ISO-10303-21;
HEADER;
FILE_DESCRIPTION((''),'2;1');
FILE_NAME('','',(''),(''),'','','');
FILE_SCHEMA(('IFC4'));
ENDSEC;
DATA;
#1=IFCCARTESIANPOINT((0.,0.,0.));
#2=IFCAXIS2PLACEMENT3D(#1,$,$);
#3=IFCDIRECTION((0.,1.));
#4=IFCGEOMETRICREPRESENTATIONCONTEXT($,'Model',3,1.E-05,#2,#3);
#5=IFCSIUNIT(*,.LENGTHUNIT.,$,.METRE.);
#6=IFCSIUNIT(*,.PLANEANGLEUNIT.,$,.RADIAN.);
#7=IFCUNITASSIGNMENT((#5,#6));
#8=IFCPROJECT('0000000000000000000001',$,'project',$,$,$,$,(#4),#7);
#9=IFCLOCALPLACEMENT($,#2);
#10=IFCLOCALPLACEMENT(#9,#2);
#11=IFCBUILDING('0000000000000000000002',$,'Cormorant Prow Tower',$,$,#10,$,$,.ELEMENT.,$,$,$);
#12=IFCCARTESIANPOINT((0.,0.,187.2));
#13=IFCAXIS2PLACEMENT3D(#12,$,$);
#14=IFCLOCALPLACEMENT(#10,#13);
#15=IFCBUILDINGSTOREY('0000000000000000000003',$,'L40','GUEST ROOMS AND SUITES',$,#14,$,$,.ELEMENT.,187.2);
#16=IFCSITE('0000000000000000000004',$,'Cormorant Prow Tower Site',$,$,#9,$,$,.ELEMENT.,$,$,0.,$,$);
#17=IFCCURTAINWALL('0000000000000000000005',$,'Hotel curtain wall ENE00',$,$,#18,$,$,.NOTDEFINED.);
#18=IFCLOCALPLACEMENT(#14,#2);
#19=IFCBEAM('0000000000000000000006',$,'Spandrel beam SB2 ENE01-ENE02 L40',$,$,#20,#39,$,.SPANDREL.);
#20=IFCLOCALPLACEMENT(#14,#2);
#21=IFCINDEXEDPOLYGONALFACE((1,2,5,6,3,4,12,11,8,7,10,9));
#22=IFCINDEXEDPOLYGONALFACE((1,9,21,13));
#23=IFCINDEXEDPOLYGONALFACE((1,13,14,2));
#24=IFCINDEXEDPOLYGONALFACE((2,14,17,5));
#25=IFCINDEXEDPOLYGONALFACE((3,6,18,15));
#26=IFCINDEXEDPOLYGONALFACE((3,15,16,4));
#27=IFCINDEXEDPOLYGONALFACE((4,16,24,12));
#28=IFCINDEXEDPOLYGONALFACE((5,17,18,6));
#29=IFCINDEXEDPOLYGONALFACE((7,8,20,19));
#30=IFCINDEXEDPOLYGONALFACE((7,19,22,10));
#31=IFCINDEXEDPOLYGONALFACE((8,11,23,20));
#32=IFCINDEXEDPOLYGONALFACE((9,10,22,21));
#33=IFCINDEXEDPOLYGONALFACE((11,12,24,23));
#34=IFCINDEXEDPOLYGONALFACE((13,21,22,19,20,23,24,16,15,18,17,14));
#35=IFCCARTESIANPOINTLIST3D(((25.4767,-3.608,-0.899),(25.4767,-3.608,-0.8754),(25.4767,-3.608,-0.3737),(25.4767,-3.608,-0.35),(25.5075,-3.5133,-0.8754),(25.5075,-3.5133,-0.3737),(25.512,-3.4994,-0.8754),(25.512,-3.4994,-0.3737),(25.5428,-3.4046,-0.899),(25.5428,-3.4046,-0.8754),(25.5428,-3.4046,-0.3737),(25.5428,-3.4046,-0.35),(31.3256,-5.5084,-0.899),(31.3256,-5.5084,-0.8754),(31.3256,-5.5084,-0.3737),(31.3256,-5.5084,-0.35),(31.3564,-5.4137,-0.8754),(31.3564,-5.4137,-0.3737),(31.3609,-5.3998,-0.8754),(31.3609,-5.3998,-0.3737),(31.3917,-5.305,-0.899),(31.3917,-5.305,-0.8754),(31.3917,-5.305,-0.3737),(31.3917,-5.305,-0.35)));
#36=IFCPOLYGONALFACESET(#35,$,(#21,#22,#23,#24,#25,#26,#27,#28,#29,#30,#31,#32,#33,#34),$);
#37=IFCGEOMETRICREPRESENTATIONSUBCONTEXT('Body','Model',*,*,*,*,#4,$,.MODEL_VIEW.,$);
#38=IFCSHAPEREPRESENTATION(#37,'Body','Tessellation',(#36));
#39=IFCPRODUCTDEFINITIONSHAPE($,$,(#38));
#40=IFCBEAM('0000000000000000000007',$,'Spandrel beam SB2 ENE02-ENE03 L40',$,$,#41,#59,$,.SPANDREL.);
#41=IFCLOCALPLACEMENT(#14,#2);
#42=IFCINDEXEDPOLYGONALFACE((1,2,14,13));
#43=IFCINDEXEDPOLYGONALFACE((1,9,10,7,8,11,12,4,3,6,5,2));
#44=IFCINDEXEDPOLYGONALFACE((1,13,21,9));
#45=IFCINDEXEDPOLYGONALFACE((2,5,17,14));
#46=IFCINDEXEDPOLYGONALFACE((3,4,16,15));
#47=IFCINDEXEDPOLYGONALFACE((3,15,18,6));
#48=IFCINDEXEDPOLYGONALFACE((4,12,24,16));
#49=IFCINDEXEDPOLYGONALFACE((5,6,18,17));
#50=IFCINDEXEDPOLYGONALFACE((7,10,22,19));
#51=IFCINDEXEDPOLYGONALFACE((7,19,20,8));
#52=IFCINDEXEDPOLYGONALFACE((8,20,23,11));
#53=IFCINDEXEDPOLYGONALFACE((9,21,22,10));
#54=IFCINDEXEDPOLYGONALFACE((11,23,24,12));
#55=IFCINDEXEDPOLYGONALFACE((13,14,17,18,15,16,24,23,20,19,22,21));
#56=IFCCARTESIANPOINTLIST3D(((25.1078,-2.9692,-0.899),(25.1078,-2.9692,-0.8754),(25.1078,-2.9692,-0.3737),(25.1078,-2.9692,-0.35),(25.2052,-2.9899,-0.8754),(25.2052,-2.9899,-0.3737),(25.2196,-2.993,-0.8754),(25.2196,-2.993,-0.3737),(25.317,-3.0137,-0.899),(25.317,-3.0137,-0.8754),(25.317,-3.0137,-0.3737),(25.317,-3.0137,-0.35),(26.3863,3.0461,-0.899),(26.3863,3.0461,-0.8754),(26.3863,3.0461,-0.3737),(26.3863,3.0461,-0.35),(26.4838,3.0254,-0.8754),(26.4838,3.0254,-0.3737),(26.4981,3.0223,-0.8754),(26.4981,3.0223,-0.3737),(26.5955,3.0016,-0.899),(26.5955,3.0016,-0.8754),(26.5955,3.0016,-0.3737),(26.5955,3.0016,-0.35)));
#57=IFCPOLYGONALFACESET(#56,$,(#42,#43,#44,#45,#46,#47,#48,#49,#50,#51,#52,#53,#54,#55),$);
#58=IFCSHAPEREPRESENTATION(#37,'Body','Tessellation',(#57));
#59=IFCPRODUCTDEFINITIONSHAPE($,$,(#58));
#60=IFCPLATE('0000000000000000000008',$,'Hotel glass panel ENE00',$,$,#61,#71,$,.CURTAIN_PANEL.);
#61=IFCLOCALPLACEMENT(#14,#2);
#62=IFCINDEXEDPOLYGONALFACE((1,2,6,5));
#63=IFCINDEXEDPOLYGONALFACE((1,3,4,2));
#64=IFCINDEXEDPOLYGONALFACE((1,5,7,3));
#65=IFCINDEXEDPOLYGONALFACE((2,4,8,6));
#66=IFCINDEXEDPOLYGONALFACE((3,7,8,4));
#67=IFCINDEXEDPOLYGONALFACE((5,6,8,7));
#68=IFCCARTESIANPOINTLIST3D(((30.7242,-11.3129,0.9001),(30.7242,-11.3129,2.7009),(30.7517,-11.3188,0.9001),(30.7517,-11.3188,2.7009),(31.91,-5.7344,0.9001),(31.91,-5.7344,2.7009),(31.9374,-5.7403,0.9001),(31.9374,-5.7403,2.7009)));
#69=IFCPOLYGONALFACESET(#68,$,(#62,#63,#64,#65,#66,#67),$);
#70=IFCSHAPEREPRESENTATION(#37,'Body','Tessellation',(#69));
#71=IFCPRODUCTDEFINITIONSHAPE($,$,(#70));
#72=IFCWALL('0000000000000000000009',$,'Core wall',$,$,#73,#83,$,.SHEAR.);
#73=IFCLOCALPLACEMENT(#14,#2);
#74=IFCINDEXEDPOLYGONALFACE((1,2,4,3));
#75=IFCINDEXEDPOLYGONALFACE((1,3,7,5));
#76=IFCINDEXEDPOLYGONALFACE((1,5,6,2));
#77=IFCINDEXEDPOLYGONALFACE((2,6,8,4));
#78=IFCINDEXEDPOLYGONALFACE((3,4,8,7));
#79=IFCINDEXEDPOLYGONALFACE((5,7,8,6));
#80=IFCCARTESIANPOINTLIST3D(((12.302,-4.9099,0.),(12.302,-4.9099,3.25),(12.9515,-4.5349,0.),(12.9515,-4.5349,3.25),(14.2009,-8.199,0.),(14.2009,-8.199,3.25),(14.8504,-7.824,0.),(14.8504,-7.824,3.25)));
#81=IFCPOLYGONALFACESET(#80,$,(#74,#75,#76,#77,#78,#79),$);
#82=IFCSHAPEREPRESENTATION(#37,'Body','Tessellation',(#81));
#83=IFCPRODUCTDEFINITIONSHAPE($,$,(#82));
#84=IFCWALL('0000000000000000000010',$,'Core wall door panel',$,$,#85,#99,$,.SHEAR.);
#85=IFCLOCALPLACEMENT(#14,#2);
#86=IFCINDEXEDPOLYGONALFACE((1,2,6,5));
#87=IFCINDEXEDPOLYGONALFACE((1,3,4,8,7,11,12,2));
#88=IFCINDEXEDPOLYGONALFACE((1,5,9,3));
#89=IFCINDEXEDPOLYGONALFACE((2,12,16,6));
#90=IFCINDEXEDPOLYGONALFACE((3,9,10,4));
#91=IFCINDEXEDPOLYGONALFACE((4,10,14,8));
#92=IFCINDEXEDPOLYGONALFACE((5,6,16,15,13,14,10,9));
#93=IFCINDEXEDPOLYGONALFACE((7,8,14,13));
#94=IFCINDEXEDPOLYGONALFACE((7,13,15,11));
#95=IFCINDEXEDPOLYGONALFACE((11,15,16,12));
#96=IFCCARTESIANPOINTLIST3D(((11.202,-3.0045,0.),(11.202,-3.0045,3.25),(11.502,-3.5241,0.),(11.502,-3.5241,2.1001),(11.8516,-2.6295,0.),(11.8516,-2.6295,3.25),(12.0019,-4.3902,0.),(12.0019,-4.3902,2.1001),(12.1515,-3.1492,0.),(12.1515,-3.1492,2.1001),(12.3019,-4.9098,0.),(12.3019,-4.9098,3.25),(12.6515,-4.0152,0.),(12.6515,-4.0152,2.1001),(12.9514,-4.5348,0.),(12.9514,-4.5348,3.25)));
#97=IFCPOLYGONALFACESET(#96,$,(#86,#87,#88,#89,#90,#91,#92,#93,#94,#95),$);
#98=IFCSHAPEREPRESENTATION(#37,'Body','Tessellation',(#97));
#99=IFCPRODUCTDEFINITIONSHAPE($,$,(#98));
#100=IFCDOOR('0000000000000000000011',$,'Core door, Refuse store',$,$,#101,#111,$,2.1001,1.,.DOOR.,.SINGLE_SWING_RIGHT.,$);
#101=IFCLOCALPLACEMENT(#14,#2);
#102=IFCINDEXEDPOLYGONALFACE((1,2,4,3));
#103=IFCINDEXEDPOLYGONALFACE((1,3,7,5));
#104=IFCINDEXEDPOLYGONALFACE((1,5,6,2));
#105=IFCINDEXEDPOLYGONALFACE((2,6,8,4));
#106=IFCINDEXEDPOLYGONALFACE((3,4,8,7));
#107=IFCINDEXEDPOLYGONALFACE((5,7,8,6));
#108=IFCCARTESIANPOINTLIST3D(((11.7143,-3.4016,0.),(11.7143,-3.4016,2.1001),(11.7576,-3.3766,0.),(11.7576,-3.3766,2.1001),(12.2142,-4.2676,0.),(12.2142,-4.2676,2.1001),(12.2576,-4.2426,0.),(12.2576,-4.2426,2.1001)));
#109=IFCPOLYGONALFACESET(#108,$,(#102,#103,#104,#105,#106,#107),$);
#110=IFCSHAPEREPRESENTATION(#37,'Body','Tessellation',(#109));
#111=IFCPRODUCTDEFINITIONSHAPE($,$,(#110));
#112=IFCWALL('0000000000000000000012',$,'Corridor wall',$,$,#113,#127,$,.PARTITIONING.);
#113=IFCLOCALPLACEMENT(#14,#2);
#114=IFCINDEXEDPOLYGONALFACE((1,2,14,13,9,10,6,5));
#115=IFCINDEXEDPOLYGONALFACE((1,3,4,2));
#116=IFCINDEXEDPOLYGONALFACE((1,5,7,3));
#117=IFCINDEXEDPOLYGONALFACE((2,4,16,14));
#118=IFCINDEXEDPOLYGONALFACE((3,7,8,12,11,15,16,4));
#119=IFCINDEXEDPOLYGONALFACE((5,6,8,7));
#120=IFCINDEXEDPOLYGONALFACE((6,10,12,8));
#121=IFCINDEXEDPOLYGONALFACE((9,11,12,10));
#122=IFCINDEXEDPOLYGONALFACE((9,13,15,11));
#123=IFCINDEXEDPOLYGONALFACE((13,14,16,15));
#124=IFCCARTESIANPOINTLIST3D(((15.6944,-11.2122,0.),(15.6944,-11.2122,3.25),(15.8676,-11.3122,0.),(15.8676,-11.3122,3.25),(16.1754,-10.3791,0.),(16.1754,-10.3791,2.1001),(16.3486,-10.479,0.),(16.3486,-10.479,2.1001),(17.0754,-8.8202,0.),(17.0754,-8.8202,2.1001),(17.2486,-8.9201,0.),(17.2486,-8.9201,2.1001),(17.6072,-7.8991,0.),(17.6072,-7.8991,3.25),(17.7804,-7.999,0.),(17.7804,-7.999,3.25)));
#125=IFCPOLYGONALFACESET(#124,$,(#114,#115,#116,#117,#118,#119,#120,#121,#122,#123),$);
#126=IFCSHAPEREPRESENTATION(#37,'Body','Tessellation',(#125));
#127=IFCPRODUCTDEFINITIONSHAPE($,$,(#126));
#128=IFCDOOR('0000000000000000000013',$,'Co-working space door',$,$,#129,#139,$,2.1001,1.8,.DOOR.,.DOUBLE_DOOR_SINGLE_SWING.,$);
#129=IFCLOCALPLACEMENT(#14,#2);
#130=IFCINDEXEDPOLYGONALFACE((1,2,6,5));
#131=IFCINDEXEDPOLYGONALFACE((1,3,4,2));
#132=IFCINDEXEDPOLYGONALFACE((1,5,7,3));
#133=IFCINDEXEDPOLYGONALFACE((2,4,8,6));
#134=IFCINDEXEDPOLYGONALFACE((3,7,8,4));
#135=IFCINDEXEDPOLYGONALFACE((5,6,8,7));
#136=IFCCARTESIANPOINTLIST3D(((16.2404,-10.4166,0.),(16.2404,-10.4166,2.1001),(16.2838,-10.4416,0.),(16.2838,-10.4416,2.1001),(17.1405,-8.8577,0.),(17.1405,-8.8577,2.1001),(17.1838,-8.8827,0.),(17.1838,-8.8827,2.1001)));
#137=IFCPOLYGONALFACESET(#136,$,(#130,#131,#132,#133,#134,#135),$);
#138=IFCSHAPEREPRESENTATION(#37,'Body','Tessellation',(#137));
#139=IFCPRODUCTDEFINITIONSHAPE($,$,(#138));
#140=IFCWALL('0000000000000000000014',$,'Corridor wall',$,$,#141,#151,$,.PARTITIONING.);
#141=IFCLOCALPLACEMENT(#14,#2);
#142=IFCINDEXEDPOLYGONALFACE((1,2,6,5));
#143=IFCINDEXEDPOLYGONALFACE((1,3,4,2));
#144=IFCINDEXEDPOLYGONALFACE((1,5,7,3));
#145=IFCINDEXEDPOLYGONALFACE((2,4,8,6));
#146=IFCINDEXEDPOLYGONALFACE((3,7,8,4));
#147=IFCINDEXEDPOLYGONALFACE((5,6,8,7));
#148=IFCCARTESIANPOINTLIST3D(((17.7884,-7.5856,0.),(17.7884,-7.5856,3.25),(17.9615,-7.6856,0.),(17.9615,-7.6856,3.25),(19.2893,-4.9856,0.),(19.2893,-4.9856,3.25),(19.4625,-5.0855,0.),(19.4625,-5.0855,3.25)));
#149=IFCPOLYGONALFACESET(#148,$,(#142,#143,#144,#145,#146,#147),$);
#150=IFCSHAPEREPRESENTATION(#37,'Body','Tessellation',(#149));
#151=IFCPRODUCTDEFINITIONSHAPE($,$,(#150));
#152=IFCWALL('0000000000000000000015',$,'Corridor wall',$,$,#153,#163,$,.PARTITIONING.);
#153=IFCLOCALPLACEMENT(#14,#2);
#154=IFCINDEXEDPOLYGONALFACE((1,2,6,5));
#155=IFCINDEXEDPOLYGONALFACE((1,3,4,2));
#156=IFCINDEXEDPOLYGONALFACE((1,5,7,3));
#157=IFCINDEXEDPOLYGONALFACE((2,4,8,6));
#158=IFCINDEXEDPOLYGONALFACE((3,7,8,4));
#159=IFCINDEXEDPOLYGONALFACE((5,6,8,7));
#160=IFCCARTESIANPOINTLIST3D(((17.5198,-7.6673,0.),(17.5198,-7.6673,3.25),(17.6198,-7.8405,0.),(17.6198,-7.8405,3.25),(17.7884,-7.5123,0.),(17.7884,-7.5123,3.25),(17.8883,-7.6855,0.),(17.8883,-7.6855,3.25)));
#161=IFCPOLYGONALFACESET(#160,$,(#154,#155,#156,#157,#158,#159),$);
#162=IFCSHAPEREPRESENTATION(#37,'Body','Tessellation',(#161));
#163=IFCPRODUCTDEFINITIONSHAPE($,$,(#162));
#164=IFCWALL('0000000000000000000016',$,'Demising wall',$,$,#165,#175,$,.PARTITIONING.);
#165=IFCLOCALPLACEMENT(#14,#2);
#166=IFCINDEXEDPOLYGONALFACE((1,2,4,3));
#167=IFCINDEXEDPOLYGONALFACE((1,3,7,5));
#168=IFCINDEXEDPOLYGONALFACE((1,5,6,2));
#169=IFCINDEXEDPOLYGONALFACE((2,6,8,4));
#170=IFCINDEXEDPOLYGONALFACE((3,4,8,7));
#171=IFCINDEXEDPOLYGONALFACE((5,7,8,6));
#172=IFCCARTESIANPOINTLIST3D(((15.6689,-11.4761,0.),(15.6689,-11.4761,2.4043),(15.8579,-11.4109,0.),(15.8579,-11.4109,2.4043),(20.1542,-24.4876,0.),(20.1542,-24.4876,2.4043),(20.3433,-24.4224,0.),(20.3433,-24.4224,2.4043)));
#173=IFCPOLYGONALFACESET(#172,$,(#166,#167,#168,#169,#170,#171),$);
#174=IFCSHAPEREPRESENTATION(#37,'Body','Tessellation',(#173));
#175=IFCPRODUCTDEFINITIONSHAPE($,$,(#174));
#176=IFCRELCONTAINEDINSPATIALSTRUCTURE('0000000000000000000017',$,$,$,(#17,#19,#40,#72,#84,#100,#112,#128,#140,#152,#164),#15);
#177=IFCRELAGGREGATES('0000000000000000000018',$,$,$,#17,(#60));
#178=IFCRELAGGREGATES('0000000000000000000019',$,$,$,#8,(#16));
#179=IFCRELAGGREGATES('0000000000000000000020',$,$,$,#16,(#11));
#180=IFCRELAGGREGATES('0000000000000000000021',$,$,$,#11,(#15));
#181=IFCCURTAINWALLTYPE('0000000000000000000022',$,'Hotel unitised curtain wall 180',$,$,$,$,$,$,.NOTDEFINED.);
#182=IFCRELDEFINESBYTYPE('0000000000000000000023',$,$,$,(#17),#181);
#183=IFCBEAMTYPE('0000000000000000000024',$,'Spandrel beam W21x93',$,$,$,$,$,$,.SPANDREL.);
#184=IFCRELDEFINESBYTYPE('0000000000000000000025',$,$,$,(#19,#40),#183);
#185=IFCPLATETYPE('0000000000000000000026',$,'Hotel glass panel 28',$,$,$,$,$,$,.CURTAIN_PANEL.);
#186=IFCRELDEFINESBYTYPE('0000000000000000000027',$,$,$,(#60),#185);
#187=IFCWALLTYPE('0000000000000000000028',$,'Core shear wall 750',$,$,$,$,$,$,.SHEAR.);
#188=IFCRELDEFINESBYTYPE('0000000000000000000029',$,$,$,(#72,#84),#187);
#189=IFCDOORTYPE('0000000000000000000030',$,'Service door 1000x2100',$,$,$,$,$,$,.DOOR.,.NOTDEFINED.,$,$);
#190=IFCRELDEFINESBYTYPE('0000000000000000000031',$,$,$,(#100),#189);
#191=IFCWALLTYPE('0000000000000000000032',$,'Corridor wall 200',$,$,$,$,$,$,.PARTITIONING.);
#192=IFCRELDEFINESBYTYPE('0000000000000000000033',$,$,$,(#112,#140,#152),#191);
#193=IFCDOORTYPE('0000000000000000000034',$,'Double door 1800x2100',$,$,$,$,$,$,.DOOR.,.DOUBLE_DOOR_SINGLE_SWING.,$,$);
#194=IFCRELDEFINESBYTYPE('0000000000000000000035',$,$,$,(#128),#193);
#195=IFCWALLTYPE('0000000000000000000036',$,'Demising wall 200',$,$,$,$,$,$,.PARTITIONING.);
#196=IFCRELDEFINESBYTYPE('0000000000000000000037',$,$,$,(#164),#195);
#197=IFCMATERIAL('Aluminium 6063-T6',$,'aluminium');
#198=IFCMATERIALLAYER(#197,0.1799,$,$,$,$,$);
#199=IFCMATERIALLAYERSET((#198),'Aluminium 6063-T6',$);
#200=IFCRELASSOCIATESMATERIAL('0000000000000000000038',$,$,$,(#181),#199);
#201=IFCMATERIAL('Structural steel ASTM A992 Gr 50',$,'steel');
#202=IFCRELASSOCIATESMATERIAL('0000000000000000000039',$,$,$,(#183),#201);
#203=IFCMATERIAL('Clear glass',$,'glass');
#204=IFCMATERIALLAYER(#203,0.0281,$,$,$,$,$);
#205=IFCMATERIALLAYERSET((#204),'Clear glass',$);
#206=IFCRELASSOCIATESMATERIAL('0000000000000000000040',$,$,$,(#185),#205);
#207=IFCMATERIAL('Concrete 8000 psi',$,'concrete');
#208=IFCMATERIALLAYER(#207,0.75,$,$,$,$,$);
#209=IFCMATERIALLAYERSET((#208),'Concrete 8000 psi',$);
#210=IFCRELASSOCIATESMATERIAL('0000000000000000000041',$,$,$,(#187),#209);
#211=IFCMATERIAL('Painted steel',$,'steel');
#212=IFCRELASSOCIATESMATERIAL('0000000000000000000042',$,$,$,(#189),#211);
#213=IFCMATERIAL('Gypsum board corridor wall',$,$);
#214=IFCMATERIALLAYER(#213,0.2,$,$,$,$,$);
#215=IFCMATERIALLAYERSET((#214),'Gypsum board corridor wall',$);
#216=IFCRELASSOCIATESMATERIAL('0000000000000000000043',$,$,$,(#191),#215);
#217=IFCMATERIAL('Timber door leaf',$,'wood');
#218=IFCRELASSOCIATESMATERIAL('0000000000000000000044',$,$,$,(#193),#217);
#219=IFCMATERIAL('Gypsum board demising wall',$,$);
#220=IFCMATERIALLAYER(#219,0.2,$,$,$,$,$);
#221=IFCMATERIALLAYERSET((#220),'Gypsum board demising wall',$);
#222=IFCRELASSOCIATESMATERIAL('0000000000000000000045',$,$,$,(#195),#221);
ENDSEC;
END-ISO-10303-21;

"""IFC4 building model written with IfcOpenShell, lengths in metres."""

from ifc_helpers import new_model, si_unit, direction, frame, frame_2d, origin, origin_2d, place, context, subcontext, project, spatial, rectangle, i_section, extrude, material, layer, layer_set, material_profile, profile_set, type_object, element, fill, aggregate, save


model = new_model("IFC4")

# Units and contexts
model_context = context("Model", 3, precision=1e-05, world=origin(), true_north=direction((0.0, 1.0)))
body_context = subcontext(model_context, "Body", "Model", "MODEL_VIEW")
ifc_project = project(units=[si_unit("LENGTHUNIT", "METRE"), si_unit("PLANEANGLEUNIT", "RADIAN")], contexts=[model_context])

# Site, building, storey
site_placement = place(None, origin())
site = spatial("IfcSite", under=ifc_project, at=site_placement, Name="Cormorant Prow Tower Site", CompositionType="ELEMENT", RefElevation=0.0)
building_placement = place(site_placement, origin())
building = spatial("IfcBuilding", under=site, at=building_placement, Name="Cormorant Prow Tower", CompositionType="ELEMENT")
storey_placement = place(building_placement, frame((0.0, 0.0, 187.2)))
storey = spatial("IfcBuildingStorey", under=building, at=storey_placement, Name="L40", Description="GUEST ROOMS AND SUITES", CompositionType="ELEMENT", Elevation=187.2)

# Curtain wall
ifc_material_1 = material(Name="Aluminium 6063-T6", Category="aluminium")
ifc_layer_1 = layer(ifc_material_1, 0.1799)
ifc_layer_set_1 = layer_set([ifc_layer_1], Name="Aluminium 6063-T6")
curtain_wall_type = type_object("IfcCurtainWallType", Name="Hotel unitised curtain wall 180", PredefinedType="NOTDEFINED", material=ifc_layer_set_1)
curtain_wall_1_placement = place(storey_placement, origin())
curtain_wall_1 = element("IfcCurtainWall", 1, at=curtain_wall_1_placement, inside=storey, type_object=curtain_wall_type, Name="Hotel curtain wall ENE00", PredefinedType="NOTDEFINED")

# Beams
ifc_material_2 = material(Name="Structural steel ASTM A992 Gr 50", Category="steel")
ifc_material_profile_1 = material_profile(ifc_material_2, i_section(OverallWidth=0.2139, OverallDepth=0.5491, WebThickness=0.0146, FlangeThickness=0.0237, at=origin_2d()), Name="W21x93")
ifc_profile_set_1 = profile_set([ifc_material_profile_1], Name="Structural steel ASTM A992 Gr 50")
beam_type_1 = type_object("IfcBeamType", Name="Spandrel beam W21x93", PredefinedType="SPANDREL", material=ifc_profile_set_1)
beam_1_placement = place(storey_placement, frame((31.3586, -5.4067, -0.6245), z_axis=(-0.951058, 0.309013, 0.0), x_axis=(-0.309013, -0.951058, 0.0)))
element("IfcBeam", 2, at=beam_1_placement, inside=storey, type_object=beam_type_1, Name="Spandrel beam SB2 ENE01-ENE02 L40", PredefinedType="SPANDREL", context=body_context, shape_type="SweptSolid", body=[
    extrude(i_section(OverallWidth=0.2139, OverallDepth=0.5491, WebThickness=0.0146, FlangeThickness=0.0237, at=origin_2d()), origin(), (0.0, 0.0, 1.0), 6.1499),
])
beam_2_placement = place(storey_placement, frame((25.2124, -2.9915, -0.6245), z_axis=(0.207905, 0.978149, 0.0), x_axis=(-0.978149, 0.207905, 0.0)))
element("IfcBeam", 3, at=beam_2_placement, inside=storey, type_object=beam_type_1, Name="Spandrel beam SB2 ENE02-ENE03 L40", PredefinedType="SPANDREL", context=body_context, shape_type="SweptSolid", body=[
    extrude(i_section(OverallWidth=0.2139, OverallDepth=0.5491, WebThickness=0.0146, FlangeThickness=0.0237, at=origin_2d()), origin(), (0.0, 0.0, 1.0), 6.1497),
])

# Plate
ifc_material_3 = material(Name="Clear glass", Category="glass")
ifc_layer_2 = layer(ifc_material_3, 0.0281)
ifc_layer_set_2 = layer_set([ifc_layer_2], Name="Clear glass")
plate_type = type_object("IfcPlateType", Name="Hotel glass panel 28", PredefinedType="CURTAIN_PANEL", material=ifc_layer_set_2)
plate_placement = place(storey_placement, frame((31.3308, -8.5266, 0.9001), z_axis=(0.0, 0.0, 1.0), x_axis=(0.207912, 0.978148, 0.0)))
plate = element("IfcPlate", 4, at=plate_placement, type_object=plate_type, Name="Hotel glass panel ENE00", PredefinedType="CURTAIN_PANEL", context=body_context, shape_type="SweptSolid", body=[
    extrude(rectangle(XDim=5.7031, YDim=0.0281, at=origin_2d()), origin(), (0.0, 0.0, 1.0), 1.8008),
])
aggregate(curtain_wall_1, [plate])

# Wall
ifc_material_4 = material(Name="Concrete 8000 psi", Category="concrete")
ifc_layer_3 = layer(ifc_material_4, 0.75)
ifc_layer_set_3 = layer_set([ifc_layer_3], Name="Concrete 8000 psi")
wall_type_1 = type_object("IfcWallType", Name="Core shear wall 750", PredefinedType="SHEAR", material=ifc_layer_set_3)
wall_1_placement = place(storey_placement, frame((14.5256, -8.0115, 0.0), z_axis=(0.0, 0.0, 1.0), x_axis=(-0.499997, 0.866027, 0.0)))
element("IfcWall", 5, at=wall_1_placement, inside=storey, type_object=wall_type_1, Name="Core wall", PredefinedType="SHEAR", context=body_context, shape_type="SweptSolid", body=[
    extrude(rectangle(XDim=3.7979, YDim=0.75, at=frame_2d((1.8989, 0.0))), origin(), (0.0, 0.0, 1.0), 3.25),
])

# Walls, openings, doors
wall_2_placement = place(storey_placement, frame((12.6267, -4.7224, 0.0), z_axis=(0.0, 0.0, 1.0), x_axis=(-0.499947, 0.866056, 0.0)))
wall_2 = element("IfcWall", 6, at=wall_2_placement, inside=storey, type_object=wall_type_1, Name="Core wall door panel", PredefinedType="SHEAR", context=body_context, shape_type="SweptSolid", body=[
    extrude(rectangle(XDim=2.2, YDim=0.75, at=frame_2d((1.1001, 0.0))), origin(), (0.0, 0.0, 1.0), 3.25),
])
opening_1_placement = place(wall_2_placement, frame((0.6001, 0.0, 0.0)))
opening_1 = element("IfcOpeningElement", 7, at=opening_1_placement, cuts=wall_2, PredefinedType="OPENING", context=body_context, shape_type="SweptSolid", body=[
    extrude(rectangle(XDim=1.0, YDim=2.1001, at=frame_2d((0.5, 1.05))), frame((0.0, 0.385, 0.0), z_axis=(0.0, -1.0, 0.0), x_axis=(1.0, 0.0, 0.0)), (0.0, 0.0, 1.0), 0.77),
])
ifc_material_5 = material(Name="Painted steel", Category="steel")
door_type_1 = type_object("IfcDoorType", Name="Service door 1000x2100", OperationType="NOTDEFINED", PredefinedType="DOOR", material=ifc_material_5)
door_1_placement = place(opening_1_placement, origin())
door_1 = element("IfcDoor", 8, at=door_1_placement, inside=storey, type_object=door_type_1, Name="Core door, Refuse store", OperationType="SINGLE_SWING_RIGHT", OverallHeight=2.1001, OverallWidth=1.0, PredefinedType="DOOR", context=body_context, shape_type="SweptSolid", body=[
    extrude(rectangle(XDim=1.0, YDim=2.1001, at=frame_2d((0.5, 1.05))), frame((0.0, 0.1299, 0.0), z_axis=(0.0, -1.0, 0.0), x_axis=(1.0, 0.0, 0.0)), (0.0, 0.0, 1.0), 0.05),
])
fill(opening_1, door_1)
ifc_material_6 = material(Name="Gypsum board corridor wall")
ifc_layer_4 = layer(ifc_material_6, 0.2)
ifc_layer_set_4 = layer_set([ifc_layer_4], Name="Gypsum board corridor wall")
wall_type_2 = type_object("IfcWallType", Name="Corridor wall 200", PredefinedType="PARTITIONING", material=ifc_layer_set_4)
wall_3_placement = place(storey_placement, frame((15.781, -11.2622, 0.0), z_axis=(0.0, 0.0, 1.0), x_axis=(0.499989, 0.866031, 0.0)))
wall_3 = element("IfcWall", 9, at=wall_3_placement, inside=storey, type_object=wall_type_2, Name="Corridor wall", PredefinedType="PARTITIONING", context=body_context, shape_type="SweptSolid", body=[
    extrude(rectangle(XDim=3.8257, YDim=0.2, at=frame_2d((1.9128, 0.0))), origin(), (0.0, 0.0, 1.0), 3.25),
])
opening_2_placement = place(wall_3_placement, frame((0.9622, 0.0, 0.0)))
opening_2 = element("IfcOpeningElement", 10, at=opening_2_placement, cuts=wall_3, PredefinedType="OPENING", context=body_context, shape_type="SweptSolid", body=[
    extrude(rectangle(XDim=1.8, YDim=2.1001, at=frame_2d((0.8999, 1.05))), frame((0.0, 0.1099, 0.0), z_axis=(0.0, -1.0, 0.0), x_axis=(1.0, 0.0, 0.0)), (0.0, 0.0, 1.0), 0.22),
])
ifc_material_7 = material(Name="Timber door leaf", Category="wood")
door_type_2 = type_object("IfcDoorType", Name="Double door 1800x2100", OperationType="DOUBLE_DOOR_SINGLE_SWING", PredefinedType="DOOR", material=ifc_material_7)
door_2_placement = place(opening_2_placement, origin())
door_2 = element("IfcDoor", 11, at=door_2_placement, inside=storey, type_object=door_type_2, Name="Co-working space door", OperationType="DOUBLE_DOOR_SINGLE_SWING", OverallHeight=2.1001, OverallWidth=1.8, PredefinedType="DOOR", context=body_context, shape_type="SweptSolid", body=[
    extrude(rectangle(XDim=1.8, YDim=2.1001, at=frame_2d((0.8999, 1.05))), frame((0.0, 0.0249, 0.0), z_axis=(0.0, -1.0, 0.0), x_axis=(1.0, 0.0, 0.0)), (0.0, 0.0, 1.0), 0.05),
])
fill(opening_2, door_2)

# Walls
wall_4_placement = place(storey_placement, frame((17.875, -7.6355, 0.0), z_axis=(0.0, 0.0, 1.0), x_axis=(0.499952, 0.866053, 0.0)))
element("IfcWall", 12, at=wall_4_placement, inside=storey, type_object=wall_type_2, Name="Corridor wall", PredefinedType="PARTITIONING", context=body_context, shape_type="SweptSolid", body=[
    extrude(rectangle(XDim=3.0022, YDim=0.2, at=frame_2d((1.501, 0.0))), origin(), (0.0, 0.0, 1.0), 3.25),
])
wall_5_placement = place(storey_placement, frame((17.5698, -7.7539, 0.0), z_axis=(0.0, 0.0, 1.0), x_axis=(0.866054, 0.49995, 0.0)))
element("IfcWall", 13, at=wall_5_placement, inside=storey, type_object=wall_type_2, Name="Corridor wall", PredefinedType="PARTITIONING", context=body_context, shape_type="SweptSolid", body=[
    extrude(rectangle(XDim=0.3101, YDim=0.2, at=frame_2d((0.155, 0.0))), origin(), (0.0, 0.0, 1.0), 3.25),
])
ifc_material_8 = material(Name="Gypsum board demising wall")
ifc_layer_5 = layer(ifc_material_8, 0.2)
ifc_layer_set_5 = layer_set([ifc_layer_5], Name="Gypsum board demising wall")
wall_type_3 = type_object("IfcWallType", Name="Demising wall 200", PredefinedType="PARTITIONING", material=ifc_layer_set_5)
wall_6_placement = place(storey_placement, frame((15.7634, -11.4436, 0.0), z_axis=(0.0, 0.0, 1.0), x_axis=(0.325902, -0.945404, 0.0)))
element("IfcWall", 14, at=wall_6_placement, inside=storey, type_object=wall_type_3, Name="Demising wall", PredefinedType="PARTITIONING", context=body_context, shape_type="SweptSolid", body=[
    extrude(rectangle(XDim=13.7629, YDim=0.2, at=frame_2d((6.8813, 0.0))), origin(), (0.0, 0.0, 1.0), 2.4043),
])

save(model, "model.ifc")
